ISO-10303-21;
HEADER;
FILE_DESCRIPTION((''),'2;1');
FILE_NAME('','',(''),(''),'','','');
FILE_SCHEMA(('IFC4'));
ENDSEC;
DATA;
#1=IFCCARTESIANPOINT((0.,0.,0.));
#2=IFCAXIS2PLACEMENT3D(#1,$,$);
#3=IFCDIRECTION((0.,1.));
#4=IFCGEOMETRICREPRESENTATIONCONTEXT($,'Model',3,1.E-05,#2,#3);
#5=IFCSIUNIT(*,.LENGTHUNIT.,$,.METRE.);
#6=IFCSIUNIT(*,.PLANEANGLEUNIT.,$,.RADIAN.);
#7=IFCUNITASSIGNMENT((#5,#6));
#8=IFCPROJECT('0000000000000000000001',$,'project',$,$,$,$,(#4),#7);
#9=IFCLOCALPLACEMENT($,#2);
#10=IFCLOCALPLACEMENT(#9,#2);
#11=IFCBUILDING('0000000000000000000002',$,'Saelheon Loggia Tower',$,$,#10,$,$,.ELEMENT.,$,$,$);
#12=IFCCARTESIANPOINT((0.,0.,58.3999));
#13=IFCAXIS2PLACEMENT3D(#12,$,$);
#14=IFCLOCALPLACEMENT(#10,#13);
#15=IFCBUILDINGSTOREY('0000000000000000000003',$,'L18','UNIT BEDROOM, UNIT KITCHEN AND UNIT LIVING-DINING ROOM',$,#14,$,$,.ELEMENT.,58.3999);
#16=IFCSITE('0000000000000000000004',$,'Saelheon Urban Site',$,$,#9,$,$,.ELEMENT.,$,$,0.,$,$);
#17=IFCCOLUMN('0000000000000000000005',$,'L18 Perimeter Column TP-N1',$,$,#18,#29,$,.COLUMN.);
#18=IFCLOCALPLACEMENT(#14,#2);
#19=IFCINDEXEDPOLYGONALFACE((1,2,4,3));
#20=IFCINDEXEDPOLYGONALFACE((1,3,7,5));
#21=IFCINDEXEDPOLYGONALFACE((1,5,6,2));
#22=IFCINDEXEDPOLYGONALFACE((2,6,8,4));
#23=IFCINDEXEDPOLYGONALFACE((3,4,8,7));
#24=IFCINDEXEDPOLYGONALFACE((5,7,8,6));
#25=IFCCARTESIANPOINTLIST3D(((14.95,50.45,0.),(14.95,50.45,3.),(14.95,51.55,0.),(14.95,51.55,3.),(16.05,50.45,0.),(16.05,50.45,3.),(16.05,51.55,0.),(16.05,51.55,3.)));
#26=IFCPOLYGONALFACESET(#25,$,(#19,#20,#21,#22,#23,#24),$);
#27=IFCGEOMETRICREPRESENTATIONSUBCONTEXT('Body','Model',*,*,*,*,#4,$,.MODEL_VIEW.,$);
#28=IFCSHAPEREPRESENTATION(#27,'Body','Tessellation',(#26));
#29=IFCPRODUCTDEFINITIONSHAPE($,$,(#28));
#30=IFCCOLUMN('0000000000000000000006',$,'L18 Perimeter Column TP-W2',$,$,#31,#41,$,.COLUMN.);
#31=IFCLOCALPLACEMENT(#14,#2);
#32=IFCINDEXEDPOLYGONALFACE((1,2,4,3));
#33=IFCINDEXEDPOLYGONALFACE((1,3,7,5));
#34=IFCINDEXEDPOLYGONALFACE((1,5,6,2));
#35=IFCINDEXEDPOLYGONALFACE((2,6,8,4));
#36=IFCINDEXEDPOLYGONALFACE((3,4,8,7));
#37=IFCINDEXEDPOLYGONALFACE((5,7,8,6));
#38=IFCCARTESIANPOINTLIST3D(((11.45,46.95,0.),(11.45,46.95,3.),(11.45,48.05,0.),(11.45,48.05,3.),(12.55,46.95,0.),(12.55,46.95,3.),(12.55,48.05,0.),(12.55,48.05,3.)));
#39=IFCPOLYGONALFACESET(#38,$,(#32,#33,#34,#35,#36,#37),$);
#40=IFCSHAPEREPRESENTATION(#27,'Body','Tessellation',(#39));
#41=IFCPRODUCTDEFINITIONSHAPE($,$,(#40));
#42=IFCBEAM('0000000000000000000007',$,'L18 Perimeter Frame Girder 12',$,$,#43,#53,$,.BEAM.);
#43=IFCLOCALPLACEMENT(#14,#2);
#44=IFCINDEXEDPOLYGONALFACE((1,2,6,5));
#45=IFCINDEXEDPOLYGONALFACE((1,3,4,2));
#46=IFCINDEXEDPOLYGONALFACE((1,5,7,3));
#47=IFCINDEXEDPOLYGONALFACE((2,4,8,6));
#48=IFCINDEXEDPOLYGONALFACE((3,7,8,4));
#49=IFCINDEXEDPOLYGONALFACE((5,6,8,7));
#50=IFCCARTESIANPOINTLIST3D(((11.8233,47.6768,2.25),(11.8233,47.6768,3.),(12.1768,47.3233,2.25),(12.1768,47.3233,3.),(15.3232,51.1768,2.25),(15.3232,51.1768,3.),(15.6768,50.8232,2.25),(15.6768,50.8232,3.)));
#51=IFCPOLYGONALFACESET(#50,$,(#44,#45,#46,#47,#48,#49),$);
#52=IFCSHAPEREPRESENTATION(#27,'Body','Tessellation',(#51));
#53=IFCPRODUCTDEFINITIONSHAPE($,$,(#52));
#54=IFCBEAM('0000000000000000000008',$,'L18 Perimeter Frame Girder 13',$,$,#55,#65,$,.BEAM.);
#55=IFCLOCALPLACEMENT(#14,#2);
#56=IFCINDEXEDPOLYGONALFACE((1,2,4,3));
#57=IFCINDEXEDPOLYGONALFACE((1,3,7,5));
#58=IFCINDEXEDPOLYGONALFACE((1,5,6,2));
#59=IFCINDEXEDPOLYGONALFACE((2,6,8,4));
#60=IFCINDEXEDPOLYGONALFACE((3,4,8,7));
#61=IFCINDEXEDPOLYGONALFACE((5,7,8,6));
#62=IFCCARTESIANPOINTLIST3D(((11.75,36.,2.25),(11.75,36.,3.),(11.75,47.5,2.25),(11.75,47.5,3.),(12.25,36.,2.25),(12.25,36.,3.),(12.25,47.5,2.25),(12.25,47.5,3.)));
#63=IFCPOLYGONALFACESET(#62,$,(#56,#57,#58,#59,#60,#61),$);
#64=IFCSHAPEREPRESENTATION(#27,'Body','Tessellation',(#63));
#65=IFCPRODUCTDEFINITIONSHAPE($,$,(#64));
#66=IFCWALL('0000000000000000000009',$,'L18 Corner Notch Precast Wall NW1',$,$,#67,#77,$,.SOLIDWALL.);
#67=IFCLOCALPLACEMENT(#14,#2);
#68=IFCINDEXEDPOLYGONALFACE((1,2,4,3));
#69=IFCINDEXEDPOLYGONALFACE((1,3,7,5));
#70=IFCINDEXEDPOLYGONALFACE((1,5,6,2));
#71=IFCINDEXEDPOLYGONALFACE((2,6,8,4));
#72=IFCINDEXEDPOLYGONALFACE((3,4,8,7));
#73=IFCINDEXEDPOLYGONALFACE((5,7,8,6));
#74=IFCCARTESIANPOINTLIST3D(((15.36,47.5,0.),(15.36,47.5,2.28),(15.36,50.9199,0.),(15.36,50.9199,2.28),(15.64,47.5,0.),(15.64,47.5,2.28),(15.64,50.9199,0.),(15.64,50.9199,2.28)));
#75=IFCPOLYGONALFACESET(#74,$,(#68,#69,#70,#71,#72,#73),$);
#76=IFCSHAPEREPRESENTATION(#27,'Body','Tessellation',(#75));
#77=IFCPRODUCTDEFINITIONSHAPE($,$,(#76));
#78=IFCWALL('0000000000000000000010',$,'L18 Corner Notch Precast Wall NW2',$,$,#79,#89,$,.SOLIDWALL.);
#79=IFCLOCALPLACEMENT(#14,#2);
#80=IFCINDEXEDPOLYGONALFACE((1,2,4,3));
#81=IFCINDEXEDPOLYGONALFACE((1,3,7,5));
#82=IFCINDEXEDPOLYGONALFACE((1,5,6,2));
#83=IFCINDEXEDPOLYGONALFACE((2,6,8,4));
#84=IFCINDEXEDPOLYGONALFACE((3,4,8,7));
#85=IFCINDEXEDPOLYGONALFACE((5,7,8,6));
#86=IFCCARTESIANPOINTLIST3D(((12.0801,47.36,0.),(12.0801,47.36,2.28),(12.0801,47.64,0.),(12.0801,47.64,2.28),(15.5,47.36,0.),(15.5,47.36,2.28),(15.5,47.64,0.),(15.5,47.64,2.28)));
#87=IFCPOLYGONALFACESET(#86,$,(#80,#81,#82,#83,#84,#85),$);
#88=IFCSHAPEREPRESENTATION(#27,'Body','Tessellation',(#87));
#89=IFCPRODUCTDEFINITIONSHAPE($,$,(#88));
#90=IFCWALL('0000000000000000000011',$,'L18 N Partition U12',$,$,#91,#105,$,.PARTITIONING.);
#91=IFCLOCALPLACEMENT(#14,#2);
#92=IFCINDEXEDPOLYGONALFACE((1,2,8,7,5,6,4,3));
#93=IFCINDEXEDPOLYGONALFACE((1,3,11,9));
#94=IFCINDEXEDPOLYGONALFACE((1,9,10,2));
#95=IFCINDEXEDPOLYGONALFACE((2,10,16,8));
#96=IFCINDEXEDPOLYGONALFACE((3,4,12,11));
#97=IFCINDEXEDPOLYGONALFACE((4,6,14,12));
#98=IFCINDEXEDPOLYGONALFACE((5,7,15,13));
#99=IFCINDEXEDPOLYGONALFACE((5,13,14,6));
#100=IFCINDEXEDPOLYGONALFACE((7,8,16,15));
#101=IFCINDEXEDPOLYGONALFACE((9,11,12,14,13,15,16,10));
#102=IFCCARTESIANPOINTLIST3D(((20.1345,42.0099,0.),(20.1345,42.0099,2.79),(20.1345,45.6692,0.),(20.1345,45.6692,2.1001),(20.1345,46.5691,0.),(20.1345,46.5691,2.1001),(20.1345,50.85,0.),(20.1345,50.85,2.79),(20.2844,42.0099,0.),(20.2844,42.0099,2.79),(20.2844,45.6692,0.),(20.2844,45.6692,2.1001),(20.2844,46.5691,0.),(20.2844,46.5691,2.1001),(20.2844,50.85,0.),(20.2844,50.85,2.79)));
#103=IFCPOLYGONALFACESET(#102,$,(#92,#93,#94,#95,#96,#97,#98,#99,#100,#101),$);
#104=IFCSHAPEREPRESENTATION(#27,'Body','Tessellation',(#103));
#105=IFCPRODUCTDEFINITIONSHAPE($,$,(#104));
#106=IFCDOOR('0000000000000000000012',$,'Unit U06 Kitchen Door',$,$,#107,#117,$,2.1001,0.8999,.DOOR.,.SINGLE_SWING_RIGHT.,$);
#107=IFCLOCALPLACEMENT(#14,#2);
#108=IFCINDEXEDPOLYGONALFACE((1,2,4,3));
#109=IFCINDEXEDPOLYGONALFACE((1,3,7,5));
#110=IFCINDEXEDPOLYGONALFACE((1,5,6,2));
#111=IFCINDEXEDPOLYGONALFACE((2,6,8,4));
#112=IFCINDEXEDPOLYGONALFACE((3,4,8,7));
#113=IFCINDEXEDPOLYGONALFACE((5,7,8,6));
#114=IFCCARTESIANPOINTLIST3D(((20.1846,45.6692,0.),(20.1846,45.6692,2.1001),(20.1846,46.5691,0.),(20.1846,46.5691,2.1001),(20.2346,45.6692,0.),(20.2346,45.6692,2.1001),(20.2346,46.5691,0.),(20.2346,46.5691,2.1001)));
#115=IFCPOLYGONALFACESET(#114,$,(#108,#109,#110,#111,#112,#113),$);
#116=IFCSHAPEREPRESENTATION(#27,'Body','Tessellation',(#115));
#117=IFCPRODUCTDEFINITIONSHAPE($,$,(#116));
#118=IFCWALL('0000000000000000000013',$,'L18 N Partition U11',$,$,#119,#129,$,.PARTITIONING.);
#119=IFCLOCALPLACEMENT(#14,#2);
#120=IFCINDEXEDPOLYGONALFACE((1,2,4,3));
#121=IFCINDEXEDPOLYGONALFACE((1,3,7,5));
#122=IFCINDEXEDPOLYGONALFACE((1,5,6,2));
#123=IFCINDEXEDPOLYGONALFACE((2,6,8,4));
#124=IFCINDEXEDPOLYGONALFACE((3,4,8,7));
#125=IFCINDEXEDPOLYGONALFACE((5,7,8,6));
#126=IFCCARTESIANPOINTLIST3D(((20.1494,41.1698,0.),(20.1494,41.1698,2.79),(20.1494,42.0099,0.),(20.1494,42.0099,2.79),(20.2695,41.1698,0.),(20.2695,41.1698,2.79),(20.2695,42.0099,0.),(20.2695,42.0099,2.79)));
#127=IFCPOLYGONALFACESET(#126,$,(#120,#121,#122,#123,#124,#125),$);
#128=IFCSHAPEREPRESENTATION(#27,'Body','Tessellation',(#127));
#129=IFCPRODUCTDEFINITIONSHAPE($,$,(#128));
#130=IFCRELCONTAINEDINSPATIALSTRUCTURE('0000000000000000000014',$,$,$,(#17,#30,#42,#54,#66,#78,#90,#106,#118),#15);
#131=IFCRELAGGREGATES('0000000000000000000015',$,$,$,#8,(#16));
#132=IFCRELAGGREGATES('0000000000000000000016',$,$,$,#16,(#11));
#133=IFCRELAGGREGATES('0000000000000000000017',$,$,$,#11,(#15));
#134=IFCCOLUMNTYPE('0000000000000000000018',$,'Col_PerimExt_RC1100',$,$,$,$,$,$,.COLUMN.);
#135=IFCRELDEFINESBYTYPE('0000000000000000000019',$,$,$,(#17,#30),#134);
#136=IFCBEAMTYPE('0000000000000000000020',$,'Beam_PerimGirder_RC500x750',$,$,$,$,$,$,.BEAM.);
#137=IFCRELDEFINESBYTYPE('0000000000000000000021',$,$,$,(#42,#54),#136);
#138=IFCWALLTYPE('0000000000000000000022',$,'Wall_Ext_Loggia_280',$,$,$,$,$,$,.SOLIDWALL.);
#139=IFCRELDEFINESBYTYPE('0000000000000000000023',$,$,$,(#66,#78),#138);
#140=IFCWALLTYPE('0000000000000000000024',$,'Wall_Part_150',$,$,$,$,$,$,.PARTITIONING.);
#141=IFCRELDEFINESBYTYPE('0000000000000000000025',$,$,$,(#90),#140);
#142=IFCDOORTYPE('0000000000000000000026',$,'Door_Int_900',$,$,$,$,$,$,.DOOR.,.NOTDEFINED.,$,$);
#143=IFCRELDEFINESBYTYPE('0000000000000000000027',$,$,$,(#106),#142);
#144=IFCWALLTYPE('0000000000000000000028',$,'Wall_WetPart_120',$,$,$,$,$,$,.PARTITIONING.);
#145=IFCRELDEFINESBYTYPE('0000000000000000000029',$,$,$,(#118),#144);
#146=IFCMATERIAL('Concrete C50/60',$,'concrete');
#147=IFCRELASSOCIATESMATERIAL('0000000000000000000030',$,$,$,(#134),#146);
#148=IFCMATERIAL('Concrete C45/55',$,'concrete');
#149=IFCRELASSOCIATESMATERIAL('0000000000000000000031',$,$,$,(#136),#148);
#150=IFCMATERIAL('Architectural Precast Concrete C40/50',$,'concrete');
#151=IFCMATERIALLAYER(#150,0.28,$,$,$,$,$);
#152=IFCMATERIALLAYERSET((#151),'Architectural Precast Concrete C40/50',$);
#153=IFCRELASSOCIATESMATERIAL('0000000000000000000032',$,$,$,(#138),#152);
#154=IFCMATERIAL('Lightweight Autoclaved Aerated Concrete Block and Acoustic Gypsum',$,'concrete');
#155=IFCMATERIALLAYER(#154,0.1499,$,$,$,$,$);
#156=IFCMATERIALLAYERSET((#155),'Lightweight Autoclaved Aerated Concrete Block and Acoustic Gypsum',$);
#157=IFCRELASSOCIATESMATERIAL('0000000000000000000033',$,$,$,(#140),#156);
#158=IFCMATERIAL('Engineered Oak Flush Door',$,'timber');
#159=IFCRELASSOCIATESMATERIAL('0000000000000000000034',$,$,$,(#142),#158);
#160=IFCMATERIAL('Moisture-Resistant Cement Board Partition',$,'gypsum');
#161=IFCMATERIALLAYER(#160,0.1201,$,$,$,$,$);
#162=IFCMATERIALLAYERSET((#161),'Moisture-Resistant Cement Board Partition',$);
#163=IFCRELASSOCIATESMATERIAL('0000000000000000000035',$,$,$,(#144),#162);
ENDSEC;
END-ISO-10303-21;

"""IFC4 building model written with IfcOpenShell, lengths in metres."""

from ifc_helpers import new_model, si_unit, direction, frame, frame_2d, origin, origin_2d, place, context, subcontext, project, spatial, rectangle, extrude, source, transform, mapped, material, layer, layer_set, material_profile, profile_set, type_object, element, fill, save


model = new_model("IFC4")

# Units and contexts
model_context = context("Model", 3, precision=1e-05, world=origin(), true_north=direction((0.0, 1.0)))
body_context = subcontext(model_context, "Body", "Model", "MODEL_VIEW")
ifc_project = project(units=[si_unit("LENGTHUNIT", "METRE"), si_unit("PLANEANGLEUNIT", "RADIAN")], contexts=[model_context])

# Site, building, storey
site_placement = place(None, origin())
site = spatial("IfcSite", under=ifc_project, at=site_placement, Name="Saelheon Urban Site", CompositionType="ELEMENT", RefElevation=0.0)
building_placement = place(site_placement, origin())
building = spatial("IfcBuilding", under=site, at=building_placement, Name="Saelheon Loggia Tower", CompositionType="ELEMENT")
storey_placement = place(building_placement, frame((0.0, 0.0, 58.3999)))
storey = spatial("IfcBuildingStorey", under=building, at=storey_placement, Name="L18", Description="UNIT BEDROOM, UNIT KITCHEN AND UNIT LIVING-DINING ROOM", CompositionType="ELEMENT", Elevation=58.3999)

# Columns
ifc_material_1 = material(Name="Concrete C50/60", Category="concrete")
ifc_material_profile_1 = material_profile(ifc_material_1, rectangle(XDim=1.1001, YDim=1.1001, at=origin_2d()), Name="RC-1100x1100")
ifc_profile_set_1 = profile_set([ifc_material_profile_1], Name="Concrete C50/60")
column_type = type_object("IfcColumnType", Name="Col_PerimExt_RC1100", PredefinedType="COLUMN", material=ifc_profile_set_1)
shared_shape_1 = source(origin(), body_context, "Body", "SweptSolid", [
    extrude(rectangle(XDim=1.1001, YDim=1.1001, at=origin_2d()), origin(), (0.0, 0.0, 1.0), 3.0),
])
for number, where, z_axis, x_axis, name in (
    (1, (15.5, 51.0, 0.0), (0.0, 0.0, 1.0), (1.0, 0.0, 0.0), "L18 Perimeter Column TP-N1"),
    (2, (12.0, 47.5, 0.0), (0.0, 0.0, 1.0), (1.0, 0.0, 0.0), "L18 Perimeter Column TP-W2"),
):
    element("IfcColumn", number, at=place(storey_placement, frame(where, z_axis=z_axis, x_axis=x_axis)), inside=storey, type_object=column_type, Name=name, PredefinedType="COLUMN", context=body_context, shape_type="MappedRepresentation", body=[
        mapped(shared_shape_1, transform((0.0, 0.0, 0.0), scale=1.0)),
    ])

# Beams
ifc_material_2 = material(Name="Concrete C45/55", Category="concrete")
ifc_material_profile_2 = material_profile(ifc_material_2, rectangle(XDim=0.5, YDim=0.75, at=origin_2d()), Name="RC-500x750")
ifc_profile_set_2 = profile_set([ifc_material_profile_2], Name="Concrete C45/55")
beam_type = type_object("IfcBeamType", Name="Beam_PerimGirder_RC500x750", PredefinedType="BEAM", material=ifc_profile_set_2)
shared_shape_2 = source(origin(), body_context, "Body", "SweptSolid", [
    extrude(rectangle(XDim=0.5, YDim=0.75, at=origin_2d()), origin(), (0.0, 0.0, 1.0), 4.9497),
])
beam_1_placement = place(storey_placement, frame((15.5, 51.0, 2.625), z_axis=(-0.707107, -0.707107, 0.0), x_axis=(0.707107, -0.707107, 0.0)))
element("IfcBeam", 3, at=beam_1_placement, inside=storey, type_object=beam_type, Name="L18 Perimeter Frame Girder 12", PredefinedType="BEAM", context=body_context, shape_type="MappedRepresentation", body=[
    mapped(shared_shape_2, transform((0.0, 0.0, 0.0), scale=1.0)),
])
shared_shape_3 = source(origin(), body_context, "Body", "SweptSolid", [
    extrude(rectangle(XDim=0.5, YDim=0.75, at=origin_2d()), origin(), (0.0, 0.0, 1.0), 11.5),
])
beam_2_placement = place(storey_placement, frame((12.0, 47.5, 2.625), z_axis=(0.0, -1.0, 0.0), x_axis=(1.0, 0.0, 0.0)))
element("IfcBeam", 4, at=beam_2_placement, inside=storey, type_object=beam_type, Name="L18 Perimeter Frame Girder 13", PredefinedType="BEAM", context=body_context, shape_type="MappedRepresentation", body=[
    mapped(shared_shape_3, transform((0.0, 0.0, 0.0), scale=1.0)),
])

# Shared definitions
ifc_material_3 = material(Name="Architectural Precast Concrete C40/50", Category="concrete")
ifc_layer_1 = layer(ifc_material_3, 0.28)
ifc_layer_set_1 = layer_set([ifc_layer_1], Name="Architectural Precast Concrete C40/50")
wall_type_1 = type_object("IfcWallType", Name="Wall_Ext_Loggia_280", PredefinedType="SOLIDWALL", material=ifc_layer_set_1)

# Walls
for number, where, z_axis, x_axis, name in (
    (5, (15.5, 47.5, 0.0), (0.0, 0.0, 1.0), (0.0, 1.0, 0.0), "L18 Corner Notch Precast Wall NW1"),
    (6, (12.0801, 47.5, 0.0), (0.0, 0.0, 1.0), (1.0, 0.0, 0.0), "L18 Corner Notch Precast Wall NW2"),
):
    element("IfcWall", number, at=place(storey_placement, frame(where, z_axis=z_axis, x_axis=x_axis)), inside=storey, type_object=wall_type_1, Name=name, PredefinedType="SOLIDWALL", context=body_context, shape_type="SweptSolid", body=[
        extrude(rectangle(XDim=3.4199, YDim=0.28, at=frame_2d((1.71, 0.0))), origin(), (0.0, 0.0, 1.0), 2.28),
    ])

# Wall, opening, door
ifc_material_4 = material(Name="Lightweight Autoclaved Aerated Concrete Block and Acoustic Gypsum", Category="concrete")
ifc_layer_2 = layer(ifc_material_4, 0.1499)
ifc_layer_set_2 = layer_set([ifc_layer_2], Name="Lightweight Autoclaved Aerated Concrete Block and Acoustic Gypsum")
wall_type_2 = type_object("IfcWallType", Name="Wall_Part_150", PredefinedType="PARTITIONING", material=ifc_layer_set_2)
wall_1_placement = place(storey_placement, frame((20.2095, 42.01, 0.0), z_axis=(0.0, 0.0, 1.0), x_axis=(0.0, 1.0, 0.0)))
wall_1 = element("IfcWall", 7, at=wall_1_placement, inside=storey, type_object=wall_type_2, Name="L18 N Partition U12", PredefinedType="PARTITIONING", context=body_context, shape_type="SweptSolid", body=[
    extrude(rectangle(XDim=8.8401, YDim=0.1499, at=frame_2d((4.4199, 0.0))), origin(), (0.0, 0.0, 1.0), 2.79),
])
opening_1_placement = place(wall_1_placement, frame((3.6592, 0.0, 0.0)))
opening_1 = element("IfcOpeningElement", 8, at=opening_1_placement, cuts=wall_1, PredefinedType="OPENING", context=body_context, shape_type="SweptSolid", body=[
    extrude(rectangle(XDim=0.8999, YDim=2.1001, at=frame_2d((0.45, 1.05))), frame((0.0, 0.0869, 0.0), z_axis=(0.0, -1.0, 0.0), x_axis=(1.0, 0.0, 0.0)), (0.0, 0.0, 1.0), 0.1738),
])
ifc_material_5 = material(Name="Engineered Oak Flush Door", Category="timber")
door_type_1 = type_object("IfcDoorType", Name="Door_Int_900", OperationType="NOTDEFINED", PredefinedType="DOOR", material=ifc_material_5)
shared_shape_4 = source(origin(), body_context, "Body", "SweptSolid", [
    extrude(rectangle(XDim=0.8999, YDim=2.1001, at=frame_2d((0.45, 1.05))), frame((0.0, 0.0249, 0.0), z_axis=(0.0, -1.0, 0.0), x_axis=(1.0, 0.0, 0.0)), (0.0, 0.0, 1.0), 0.05),
])
door_1_placement = place(opening_1_placement, origin())
door_1 = element("IfcDoor", 9, at=door_1_placement, inside=storey, type_object=door_type_1, Name="Unit U06 Kitchen Door", OperationType="SINGLE_SWING_RIGHT", OverallHeight=2.1001, OverallWidth=0.8999, PredefinedType="DOOR", context=body_context, shape_type="MappedRepresentation", body=[
    mapped(shared_shape_4, transform((0.0, 0.0, 0.0), scale=1.0)),
])
fill(opening_1, door_1)

# Wall
ifc_material_6 = material(Name="Moisture-Resistant Cement Board Partition", Category="gypsum")
ifc_layer_3 = layer(ifc_material_6, 0.1201)
ifc_layer_set_3 = layer_set([ifc_layer_3], Name="Moisture-Resistant Cement Board Partition")
wall_type_3 = type_object("IfcWallType", Name="Wall_WetPart_120", PredefinedType="PARTITIONING", material=ifc_layer_set_3)
wall_2_placement = place(storey_placement, frame((20.2095, 41.1699, 0.0), z_axis=(0.0, 0.0, 1.0), x_axis=(0.0, 1.0, 0.0)))
element("IfcWall", 10, at=wall_2_placement, inside=storey, type_object=wall_type_3, Name="L18 N Partition U11", PredefinedType="PARTITIONING", context=body_context, shape_type="SweptSolid", body=[
    extrude(rectangle(XDim=0.8401, YDim=0.1201, at=frame_2d((0.4199, 0.0))), origin(), (0.0, 0.0, 1.0), 2.79),
])

save(model, "model.ifc")
